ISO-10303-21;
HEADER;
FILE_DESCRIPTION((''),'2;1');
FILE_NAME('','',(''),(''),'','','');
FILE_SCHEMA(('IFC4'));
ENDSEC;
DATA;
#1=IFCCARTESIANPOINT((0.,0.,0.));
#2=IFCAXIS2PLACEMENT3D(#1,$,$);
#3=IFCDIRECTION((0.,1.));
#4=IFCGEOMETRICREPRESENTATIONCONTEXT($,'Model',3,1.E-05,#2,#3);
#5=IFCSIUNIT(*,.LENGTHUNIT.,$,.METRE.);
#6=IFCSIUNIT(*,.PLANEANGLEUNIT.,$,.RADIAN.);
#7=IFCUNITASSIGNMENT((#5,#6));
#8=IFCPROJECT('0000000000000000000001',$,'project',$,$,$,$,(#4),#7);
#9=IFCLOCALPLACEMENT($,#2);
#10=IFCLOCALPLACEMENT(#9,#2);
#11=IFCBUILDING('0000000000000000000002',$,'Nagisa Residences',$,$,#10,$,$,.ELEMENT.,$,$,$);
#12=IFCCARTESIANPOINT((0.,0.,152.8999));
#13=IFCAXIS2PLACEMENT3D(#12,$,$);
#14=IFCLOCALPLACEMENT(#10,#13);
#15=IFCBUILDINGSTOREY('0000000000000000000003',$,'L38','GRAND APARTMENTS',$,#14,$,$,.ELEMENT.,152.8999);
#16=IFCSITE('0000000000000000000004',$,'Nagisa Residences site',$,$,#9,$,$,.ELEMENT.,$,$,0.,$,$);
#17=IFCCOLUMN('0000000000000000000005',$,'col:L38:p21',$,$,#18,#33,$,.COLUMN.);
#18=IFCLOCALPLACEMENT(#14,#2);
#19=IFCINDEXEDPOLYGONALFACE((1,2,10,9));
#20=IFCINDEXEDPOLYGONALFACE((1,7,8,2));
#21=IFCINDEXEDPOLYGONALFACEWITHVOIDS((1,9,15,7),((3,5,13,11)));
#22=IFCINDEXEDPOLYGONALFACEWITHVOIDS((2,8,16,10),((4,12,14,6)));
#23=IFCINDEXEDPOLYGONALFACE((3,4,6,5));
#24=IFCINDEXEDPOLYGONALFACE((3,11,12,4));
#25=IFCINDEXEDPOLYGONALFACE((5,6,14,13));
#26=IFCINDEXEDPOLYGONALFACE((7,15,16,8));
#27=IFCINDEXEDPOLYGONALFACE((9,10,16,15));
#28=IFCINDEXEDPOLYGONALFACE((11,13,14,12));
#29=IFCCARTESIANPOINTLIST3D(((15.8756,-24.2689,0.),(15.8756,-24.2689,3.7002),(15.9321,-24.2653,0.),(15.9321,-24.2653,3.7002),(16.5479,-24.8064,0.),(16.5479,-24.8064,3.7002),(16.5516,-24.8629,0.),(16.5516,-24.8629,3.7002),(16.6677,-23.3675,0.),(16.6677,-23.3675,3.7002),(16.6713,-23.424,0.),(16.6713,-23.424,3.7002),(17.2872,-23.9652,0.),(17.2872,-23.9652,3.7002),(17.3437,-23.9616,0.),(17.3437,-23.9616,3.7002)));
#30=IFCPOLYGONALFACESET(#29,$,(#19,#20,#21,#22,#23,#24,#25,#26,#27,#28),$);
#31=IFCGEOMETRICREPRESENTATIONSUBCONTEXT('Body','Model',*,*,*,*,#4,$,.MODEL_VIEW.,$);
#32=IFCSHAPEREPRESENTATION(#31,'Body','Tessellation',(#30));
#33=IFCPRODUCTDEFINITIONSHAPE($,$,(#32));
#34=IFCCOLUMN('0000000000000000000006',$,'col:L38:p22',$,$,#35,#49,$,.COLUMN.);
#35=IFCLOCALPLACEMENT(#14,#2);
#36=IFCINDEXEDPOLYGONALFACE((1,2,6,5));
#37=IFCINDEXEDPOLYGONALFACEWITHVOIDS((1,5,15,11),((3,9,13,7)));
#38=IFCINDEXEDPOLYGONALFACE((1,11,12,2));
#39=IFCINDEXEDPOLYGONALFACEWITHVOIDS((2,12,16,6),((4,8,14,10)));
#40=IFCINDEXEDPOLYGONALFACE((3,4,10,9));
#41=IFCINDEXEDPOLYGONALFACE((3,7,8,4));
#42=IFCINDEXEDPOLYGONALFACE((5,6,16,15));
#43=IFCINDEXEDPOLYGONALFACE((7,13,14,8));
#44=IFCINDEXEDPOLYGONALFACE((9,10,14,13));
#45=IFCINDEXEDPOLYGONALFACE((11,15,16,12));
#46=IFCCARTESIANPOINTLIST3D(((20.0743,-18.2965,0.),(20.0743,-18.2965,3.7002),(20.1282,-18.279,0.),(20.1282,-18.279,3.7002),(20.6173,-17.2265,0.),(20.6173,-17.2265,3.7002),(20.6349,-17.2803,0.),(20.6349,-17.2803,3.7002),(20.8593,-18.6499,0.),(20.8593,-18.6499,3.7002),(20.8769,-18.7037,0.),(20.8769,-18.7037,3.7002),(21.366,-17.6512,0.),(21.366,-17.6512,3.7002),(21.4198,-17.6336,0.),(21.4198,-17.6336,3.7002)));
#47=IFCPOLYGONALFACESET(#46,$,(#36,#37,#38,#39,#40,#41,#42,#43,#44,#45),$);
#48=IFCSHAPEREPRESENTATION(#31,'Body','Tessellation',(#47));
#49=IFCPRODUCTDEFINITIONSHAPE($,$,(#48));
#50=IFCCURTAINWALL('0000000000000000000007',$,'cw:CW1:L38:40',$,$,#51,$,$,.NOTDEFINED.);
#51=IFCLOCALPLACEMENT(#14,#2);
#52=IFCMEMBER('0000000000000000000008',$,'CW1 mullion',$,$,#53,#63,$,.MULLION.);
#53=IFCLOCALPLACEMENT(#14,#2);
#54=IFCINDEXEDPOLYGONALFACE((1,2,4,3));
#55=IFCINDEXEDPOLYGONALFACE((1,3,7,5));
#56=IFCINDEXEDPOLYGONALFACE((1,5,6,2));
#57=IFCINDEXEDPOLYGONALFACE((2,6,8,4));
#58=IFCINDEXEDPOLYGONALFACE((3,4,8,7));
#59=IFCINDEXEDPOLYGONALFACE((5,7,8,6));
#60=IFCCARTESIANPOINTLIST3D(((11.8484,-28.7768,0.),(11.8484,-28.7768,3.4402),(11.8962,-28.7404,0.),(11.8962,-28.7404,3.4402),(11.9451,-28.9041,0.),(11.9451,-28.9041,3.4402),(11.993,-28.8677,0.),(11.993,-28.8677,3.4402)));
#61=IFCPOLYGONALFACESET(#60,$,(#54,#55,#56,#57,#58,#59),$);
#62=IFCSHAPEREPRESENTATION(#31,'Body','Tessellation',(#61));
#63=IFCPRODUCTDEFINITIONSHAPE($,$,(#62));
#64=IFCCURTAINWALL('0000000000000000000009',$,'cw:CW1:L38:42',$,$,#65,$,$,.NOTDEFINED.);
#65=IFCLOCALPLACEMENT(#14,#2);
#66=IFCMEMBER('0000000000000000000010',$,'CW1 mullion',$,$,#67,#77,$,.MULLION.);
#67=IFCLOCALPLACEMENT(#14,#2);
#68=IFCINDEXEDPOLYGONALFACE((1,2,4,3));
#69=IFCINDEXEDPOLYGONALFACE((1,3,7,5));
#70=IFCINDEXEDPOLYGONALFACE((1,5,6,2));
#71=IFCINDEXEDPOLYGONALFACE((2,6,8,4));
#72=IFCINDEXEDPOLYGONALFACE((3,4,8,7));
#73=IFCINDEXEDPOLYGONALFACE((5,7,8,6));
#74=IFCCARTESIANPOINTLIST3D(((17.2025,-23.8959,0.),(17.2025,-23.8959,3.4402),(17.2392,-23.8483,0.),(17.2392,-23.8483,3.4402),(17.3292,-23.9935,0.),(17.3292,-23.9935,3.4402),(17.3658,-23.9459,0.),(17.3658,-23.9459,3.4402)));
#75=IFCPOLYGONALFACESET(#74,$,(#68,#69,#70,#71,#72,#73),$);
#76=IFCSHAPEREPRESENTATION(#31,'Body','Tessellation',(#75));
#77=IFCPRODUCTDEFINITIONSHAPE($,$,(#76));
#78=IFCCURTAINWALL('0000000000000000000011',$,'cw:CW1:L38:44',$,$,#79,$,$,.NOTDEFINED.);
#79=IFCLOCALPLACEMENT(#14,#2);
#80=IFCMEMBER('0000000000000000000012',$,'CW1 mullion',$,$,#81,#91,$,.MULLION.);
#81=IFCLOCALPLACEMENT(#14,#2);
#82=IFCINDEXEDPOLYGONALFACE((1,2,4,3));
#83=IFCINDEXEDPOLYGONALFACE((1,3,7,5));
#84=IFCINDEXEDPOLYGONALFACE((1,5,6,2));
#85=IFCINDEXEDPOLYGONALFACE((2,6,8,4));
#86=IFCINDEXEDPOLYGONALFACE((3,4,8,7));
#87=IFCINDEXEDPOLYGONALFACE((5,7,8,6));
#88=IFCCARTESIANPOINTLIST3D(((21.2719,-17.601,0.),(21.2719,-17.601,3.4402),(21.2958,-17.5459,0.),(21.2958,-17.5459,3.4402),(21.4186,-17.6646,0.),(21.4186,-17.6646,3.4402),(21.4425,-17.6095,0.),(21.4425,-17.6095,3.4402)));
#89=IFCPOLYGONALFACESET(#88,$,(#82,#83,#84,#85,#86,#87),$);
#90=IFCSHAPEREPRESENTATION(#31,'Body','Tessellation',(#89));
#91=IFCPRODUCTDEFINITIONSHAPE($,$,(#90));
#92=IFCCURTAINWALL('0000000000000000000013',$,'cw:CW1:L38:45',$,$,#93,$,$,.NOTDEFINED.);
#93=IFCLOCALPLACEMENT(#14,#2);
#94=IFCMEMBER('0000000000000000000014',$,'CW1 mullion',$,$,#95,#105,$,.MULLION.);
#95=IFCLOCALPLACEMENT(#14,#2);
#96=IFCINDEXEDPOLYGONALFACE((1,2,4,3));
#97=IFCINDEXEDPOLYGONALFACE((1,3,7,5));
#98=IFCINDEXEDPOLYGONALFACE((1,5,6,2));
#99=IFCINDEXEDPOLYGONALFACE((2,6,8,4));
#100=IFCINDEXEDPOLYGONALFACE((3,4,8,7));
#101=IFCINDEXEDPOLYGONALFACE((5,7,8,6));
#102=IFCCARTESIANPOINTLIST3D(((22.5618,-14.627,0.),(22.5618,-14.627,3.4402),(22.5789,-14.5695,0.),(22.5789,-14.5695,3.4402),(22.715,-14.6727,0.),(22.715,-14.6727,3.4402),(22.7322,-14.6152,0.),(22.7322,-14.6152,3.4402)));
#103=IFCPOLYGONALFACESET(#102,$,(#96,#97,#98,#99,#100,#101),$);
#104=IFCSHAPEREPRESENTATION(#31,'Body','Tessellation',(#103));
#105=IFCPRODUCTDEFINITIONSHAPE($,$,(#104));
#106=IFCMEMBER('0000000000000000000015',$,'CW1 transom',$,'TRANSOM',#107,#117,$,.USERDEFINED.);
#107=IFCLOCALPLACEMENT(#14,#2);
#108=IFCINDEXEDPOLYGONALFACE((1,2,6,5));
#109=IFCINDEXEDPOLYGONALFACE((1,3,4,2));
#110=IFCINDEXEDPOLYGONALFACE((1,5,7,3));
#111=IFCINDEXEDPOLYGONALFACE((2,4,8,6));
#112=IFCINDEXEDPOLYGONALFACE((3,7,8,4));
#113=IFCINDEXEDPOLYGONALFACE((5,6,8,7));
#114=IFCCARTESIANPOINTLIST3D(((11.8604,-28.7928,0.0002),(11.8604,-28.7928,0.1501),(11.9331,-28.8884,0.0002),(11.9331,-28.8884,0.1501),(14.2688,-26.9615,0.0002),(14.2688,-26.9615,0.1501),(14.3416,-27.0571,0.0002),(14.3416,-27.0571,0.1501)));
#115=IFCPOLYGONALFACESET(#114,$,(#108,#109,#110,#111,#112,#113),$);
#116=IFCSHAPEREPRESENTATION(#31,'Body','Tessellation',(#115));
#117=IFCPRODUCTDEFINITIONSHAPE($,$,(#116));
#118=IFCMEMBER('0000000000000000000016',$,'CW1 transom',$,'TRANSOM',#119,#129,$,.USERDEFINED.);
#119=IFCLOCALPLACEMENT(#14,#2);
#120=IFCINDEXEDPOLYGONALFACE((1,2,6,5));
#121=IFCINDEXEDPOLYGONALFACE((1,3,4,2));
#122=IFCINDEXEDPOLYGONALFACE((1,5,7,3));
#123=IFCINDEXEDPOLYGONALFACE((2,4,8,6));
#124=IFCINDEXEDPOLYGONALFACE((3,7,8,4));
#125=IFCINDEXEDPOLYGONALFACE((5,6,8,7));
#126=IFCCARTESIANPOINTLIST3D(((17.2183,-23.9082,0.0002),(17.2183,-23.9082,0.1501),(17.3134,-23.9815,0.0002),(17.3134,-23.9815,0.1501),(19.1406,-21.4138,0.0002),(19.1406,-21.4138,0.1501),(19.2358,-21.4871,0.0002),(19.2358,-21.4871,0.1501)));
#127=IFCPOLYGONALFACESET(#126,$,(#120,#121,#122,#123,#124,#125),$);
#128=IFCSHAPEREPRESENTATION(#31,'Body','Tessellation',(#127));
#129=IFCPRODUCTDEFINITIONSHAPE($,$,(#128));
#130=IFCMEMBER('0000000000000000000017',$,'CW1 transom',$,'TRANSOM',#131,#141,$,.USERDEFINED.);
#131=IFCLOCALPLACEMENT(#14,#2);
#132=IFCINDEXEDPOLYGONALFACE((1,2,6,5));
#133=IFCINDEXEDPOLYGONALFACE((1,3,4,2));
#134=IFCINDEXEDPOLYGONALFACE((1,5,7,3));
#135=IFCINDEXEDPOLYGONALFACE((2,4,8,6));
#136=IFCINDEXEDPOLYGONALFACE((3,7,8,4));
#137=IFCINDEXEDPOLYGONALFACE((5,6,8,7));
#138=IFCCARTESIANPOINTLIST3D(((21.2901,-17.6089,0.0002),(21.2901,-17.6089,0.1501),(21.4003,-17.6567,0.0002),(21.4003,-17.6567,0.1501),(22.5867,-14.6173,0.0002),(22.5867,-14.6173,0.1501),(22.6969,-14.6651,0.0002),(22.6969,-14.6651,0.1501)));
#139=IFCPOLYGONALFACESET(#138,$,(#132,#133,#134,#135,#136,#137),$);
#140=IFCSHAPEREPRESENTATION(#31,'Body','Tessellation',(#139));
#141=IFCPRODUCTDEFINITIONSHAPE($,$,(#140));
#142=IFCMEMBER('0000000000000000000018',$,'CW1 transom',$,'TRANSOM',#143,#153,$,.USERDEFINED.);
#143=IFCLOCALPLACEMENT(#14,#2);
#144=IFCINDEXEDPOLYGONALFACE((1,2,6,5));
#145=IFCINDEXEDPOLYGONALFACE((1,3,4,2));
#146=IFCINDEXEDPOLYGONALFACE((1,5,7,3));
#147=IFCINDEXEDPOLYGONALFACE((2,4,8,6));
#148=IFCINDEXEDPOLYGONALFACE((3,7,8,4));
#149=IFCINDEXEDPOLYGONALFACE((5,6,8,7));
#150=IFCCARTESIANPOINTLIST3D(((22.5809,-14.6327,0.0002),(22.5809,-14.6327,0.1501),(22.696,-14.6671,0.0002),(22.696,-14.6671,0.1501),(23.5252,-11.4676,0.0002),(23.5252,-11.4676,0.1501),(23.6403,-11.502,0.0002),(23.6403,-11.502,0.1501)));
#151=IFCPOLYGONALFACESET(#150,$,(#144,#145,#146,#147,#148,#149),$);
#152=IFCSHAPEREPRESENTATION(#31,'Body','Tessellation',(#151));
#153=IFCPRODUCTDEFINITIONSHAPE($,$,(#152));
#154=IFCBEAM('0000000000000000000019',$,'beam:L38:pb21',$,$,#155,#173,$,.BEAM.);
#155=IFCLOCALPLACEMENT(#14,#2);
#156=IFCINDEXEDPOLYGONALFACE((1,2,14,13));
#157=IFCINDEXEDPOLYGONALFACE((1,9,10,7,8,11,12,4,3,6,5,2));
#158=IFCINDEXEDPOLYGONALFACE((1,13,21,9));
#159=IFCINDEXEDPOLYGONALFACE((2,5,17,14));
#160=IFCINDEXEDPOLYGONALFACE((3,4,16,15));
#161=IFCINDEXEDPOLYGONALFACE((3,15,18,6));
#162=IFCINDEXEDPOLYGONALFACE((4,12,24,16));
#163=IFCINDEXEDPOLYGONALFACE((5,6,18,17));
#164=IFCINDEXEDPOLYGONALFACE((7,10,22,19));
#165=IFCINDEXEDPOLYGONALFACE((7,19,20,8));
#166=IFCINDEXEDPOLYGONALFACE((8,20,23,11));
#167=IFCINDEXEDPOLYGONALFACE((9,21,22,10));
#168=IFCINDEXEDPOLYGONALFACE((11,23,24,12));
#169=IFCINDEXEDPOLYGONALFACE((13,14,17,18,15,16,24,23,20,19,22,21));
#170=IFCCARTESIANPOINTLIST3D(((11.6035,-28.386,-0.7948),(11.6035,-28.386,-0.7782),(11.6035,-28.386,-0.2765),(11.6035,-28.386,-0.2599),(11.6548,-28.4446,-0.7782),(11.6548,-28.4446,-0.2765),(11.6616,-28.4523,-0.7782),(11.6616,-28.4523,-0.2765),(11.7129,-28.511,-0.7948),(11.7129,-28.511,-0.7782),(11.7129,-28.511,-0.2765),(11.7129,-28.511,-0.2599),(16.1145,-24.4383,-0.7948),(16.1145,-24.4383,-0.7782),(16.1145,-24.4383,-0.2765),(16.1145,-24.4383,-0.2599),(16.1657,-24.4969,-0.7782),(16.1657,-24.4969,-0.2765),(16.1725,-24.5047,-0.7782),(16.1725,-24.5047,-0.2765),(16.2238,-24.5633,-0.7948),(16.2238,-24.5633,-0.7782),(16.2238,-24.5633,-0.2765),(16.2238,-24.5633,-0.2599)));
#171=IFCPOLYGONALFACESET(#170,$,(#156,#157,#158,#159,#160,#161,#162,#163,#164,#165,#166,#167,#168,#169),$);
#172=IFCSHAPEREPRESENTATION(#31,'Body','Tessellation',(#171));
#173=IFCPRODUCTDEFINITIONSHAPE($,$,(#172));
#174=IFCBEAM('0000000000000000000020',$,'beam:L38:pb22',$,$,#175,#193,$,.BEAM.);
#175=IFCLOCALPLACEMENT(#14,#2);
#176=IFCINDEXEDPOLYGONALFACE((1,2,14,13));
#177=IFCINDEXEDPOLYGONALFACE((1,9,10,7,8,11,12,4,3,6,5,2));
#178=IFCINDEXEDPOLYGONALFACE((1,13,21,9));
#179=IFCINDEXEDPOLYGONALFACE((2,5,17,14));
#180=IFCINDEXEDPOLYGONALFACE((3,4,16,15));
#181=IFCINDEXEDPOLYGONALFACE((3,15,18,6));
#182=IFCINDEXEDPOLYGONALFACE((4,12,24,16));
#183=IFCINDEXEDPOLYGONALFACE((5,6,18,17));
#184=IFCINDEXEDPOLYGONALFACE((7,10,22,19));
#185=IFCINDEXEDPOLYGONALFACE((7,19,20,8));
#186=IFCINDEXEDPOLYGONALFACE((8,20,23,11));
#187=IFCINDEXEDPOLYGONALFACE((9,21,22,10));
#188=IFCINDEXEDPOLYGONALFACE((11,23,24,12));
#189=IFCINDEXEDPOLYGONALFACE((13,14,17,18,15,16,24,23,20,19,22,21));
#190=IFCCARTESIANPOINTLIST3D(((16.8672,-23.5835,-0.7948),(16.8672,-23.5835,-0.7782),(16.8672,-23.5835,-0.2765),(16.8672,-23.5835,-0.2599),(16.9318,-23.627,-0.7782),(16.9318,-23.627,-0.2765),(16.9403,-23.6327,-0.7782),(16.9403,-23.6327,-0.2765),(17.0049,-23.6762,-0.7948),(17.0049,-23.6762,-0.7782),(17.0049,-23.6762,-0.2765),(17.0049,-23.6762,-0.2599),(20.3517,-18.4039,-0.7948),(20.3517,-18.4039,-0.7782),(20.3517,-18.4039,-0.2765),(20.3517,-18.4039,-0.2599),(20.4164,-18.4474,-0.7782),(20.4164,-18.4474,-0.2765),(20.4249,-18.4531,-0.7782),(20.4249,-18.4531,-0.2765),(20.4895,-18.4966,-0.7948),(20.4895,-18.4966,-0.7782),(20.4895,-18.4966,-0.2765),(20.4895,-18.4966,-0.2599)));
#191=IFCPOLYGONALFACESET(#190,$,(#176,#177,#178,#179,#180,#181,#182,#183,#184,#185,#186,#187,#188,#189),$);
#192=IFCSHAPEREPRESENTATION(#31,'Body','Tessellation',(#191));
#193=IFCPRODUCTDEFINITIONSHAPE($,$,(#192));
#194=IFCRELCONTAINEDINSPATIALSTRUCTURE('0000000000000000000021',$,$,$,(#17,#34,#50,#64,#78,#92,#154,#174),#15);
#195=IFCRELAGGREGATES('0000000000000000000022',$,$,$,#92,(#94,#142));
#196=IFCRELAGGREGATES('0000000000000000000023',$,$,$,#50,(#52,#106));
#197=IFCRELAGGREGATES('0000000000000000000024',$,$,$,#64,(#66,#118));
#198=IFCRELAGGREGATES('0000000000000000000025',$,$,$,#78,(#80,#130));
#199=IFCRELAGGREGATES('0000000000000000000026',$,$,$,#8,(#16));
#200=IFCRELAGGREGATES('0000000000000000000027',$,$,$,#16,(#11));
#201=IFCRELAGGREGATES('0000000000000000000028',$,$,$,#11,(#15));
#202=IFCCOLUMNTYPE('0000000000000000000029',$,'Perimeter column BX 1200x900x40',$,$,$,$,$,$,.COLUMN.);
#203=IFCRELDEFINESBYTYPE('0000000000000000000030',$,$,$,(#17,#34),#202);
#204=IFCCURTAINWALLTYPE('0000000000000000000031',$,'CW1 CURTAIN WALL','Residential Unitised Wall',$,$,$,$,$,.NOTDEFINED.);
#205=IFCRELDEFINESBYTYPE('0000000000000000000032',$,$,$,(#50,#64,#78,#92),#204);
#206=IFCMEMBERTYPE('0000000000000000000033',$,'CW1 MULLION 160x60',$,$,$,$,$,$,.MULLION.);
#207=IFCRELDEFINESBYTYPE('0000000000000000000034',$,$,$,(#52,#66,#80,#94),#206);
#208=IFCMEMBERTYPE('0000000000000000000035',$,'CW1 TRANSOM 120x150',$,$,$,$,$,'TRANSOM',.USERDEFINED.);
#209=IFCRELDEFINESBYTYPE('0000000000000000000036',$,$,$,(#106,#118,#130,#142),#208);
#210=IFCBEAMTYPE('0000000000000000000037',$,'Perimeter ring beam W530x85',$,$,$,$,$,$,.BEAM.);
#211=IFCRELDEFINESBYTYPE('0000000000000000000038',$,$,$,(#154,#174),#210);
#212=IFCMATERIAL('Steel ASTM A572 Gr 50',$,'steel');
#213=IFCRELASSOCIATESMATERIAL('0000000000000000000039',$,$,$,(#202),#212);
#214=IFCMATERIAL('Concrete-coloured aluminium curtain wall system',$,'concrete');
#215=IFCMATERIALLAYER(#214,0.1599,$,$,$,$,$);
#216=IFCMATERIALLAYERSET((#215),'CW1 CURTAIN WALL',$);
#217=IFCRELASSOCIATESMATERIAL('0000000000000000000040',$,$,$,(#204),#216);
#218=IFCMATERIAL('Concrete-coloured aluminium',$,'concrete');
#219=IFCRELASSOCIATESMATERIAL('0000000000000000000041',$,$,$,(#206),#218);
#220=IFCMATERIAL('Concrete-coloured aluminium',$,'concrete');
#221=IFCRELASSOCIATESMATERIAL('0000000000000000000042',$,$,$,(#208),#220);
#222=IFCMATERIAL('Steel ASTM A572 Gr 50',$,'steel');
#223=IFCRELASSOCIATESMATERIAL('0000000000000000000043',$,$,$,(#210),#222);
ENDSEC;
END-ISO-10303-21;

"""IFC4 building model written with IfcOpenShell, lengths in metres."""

from ifc_helpers import new_model, si_unit, direction, frame, origin, origin_2d, place, context, subcontext, project, spatial, rectangle, hollow_rectangle, i_section, extrude, material, layer, layer_set, material_profile, profile_set, type_object, element, aggregate, save


model = new_model("IFC4")

# Units and contexts
model_context = context("Model", 3, precision=1e-05, world=origin(), true_north=direction((0.0, 1.0)))
body_context = subcontext(model_context, "Body", "Model", "MODEL_VIEW")
ifc_project = project(units=[si_unit("LENGTHUNIT", "METRE"), si_unit("PLANEANGLEUNIT", "RADIAN")], contexts=[model_context])

# Site, building, storey
site_placement = place(None, origin())
site = spatial("IfcSite", under=ifc_project, at=site_placement, Name="Nagisa Residences site", CompositionType="ELEMENT", RefElevation=0.0)
building_placement = place(site_placement, origin())
building = spatial("IfcBuilding", under=site, at=building_placement, Name="Nagisa Residences", CompositionType="ELEMENT")
storey_placement = place(building_placement, frame((0.0, 0.0, 152.8999)))
storey = spatial("IfcBuildingStorey", under=building, at=storey_placement, Name="L38", Description="GRAND APARTMENTS", CompositionType="ELEMENT", Elevation=152.8999)

# Columns
ifc_material_1 = material(Name="Steel ASTM A572 Gr 50", Category="steel")
ifc_material_profile_1 = material_profile(ifc_material_1, hollow_rectangle(XDim=1.2, YDim=0.8999, WallThickness=0.04, at=origin_2d()), Name="BX 1200x900x40")
ifc_profile_set_1 = profile_set([ifc_material_profile_1], Name="Steel ASTM A572 Gr 50")
column_type = type_object("IfcColumnType", Name="Perimeter column BX 1200x900x40", PredefinedType="COLUMN", material=ifc_profile_set_1)
for number, where, z_axis, x_axis, name in (
    (1, (16.6096, -24.1152, 0.0), (0.0, 0.0, 1.0), (0.660115, 0.751165, 0.0), "col:L38:p21"),
    (2, (20.7471, -17.9651, 0.0), (0.0, 0.0, 1.0), (0.452463, 0.891783, 0.0), "col:L38:p22"),
):
    element("IfcColumn", number, at=place(storey_placement, frame(where, z_axis=z_axis, x_axis=x_axis)), inside=storey, type_object=column_type, Name=name, PredefinedType="COLUMN", context=body_context, shape_type="SweptSolid", body=[
        extrude(hollow_rectangle(XDim=1.2, YDim=0.8999, WallThickness=0.04, at=origin_2d()), origin(), (0.0, 0.0, 1.0), 3.7002),
    ])

# Curtain walls, members
ifc_material_2 = material(Name="Concrete-coloured aluminium curtain wall system", Category="concrete")
ifc_layer_1 = layer(ifc_material_2, 0.1599)
ifc_layer_set_1 = layer_set([ifc_layer_1], Name="CW1 CURTAIN WALL")
curtain_wall_type = type_object("IfcCurtainWallType", Name="CW1 CURTAIN WALL", Description="Residential Unitised Wall", PredefinedType="NOTDEFINED", material=ifc_layer_set_1)
curtain_wall_1_placement = place(storey_placement, origin())
curtain_wall_1 = element("IfcCurtainWall", 3, at=curtain_wall_1_placement, inside=storey, type_object=curtain_wall_type, Name="cw:CW1:L38:40", PredefinedType="NOTDEFINED")
ifc_material_3 = material(Name="Concrete-coloured aluminium", Category="concrete")
ifc_material_profile_2 = material_profile(ifc_material_3, rectangle(XDim=0.1599, YDim=0.0601, at=origin_2d()), Name="CW1 MULLION 160x60")
ifc_profile_set_2 = profile_set([ifc_material_profile_2], Name="Concrete-coloured aluminium")
member_type_1 = type_object("IfcMemberType", Name="CW1 MULLION 160x60", PredefinedType="MULLION", material=ifc_profile_set_2)
member_1_placement = place(storey_placement, frame((11.9207, -28.8223, 0.0), z_axis=(0.0, 0.0, 1.0), x_axis=(-0.605255, 0.796031, 0.0)))
member_1 = element("IfcMember", 4, at=member_1_placement, type_object=member_type_1, Name="CW1 mullion", PredefinedType="MULLION", context=body_context, shape_type="SweptSolid", body=[
    extrude(rectangle(XDim=0.1599, YDim=0.0601, at=origin_2d()), origin(), (0.0, 0.0, 1.0), 3.4402),
])
curtain_wall_2_placement = place(storey_placement, origin())
curtain_wall_2 = element("IfcCurtainWall", 5, at=curtain_wall_2_placement, inside=storey, type_object=curtain_wall_type, Name="cw:CW1:L38:42", PredefinedType="NOTDEFINED")
member_2_placement = place(storey_placement, frame((17.2842, -23.9209, 0.0), z_axis=(0.0, 0.0, 1.0), x_axis=(-0.79207, 0.61043, 0.0)))
member_2 = element("IfcMember", 6, at=member_2_placement, type_object=member_type_1, Name="CW1 mullion", PredefinedType="MULLION", context=body_context, shape_type="SweptSolid", body=[
    extrude(rectangle(XDim=0.1599, YDim=0.0601, at=origin_2d()), origin(), (0.0, 0.0, 1.0), 3.4402),
])
curtain_wall_3_placement = place(storey_placement, origin())
curtain_wall_3 = element("IfcCurtainWall", 7, at=curtain_wall_3_placement, inside=storey, type_object=curtain_wall_type, Name="cw:CW1:L38:44", PredefinedType="NOTDEFINED")
member_3_placement = place(storey_placement, frame((21.3572, -17.6052, 0.0), z_axis=(0.0, 0.0, 1.0), x_axis=(-0.917543, 0.397636, 0.0)))
member_3 = element("IfcMember", 8, at=member_3_placement, type_object=member_type_1, Name="CW1 mullion", PredefinedType="MULLION", context=body_context, shape_type="SweptSolid", body=[
    extrude(rectangle(XDim=0.1599, YDim=0.0601, at=origin_2d()), origin(), (0.0, 0.0, 1.0), 3.4402),
])
curtain_wall_4_placement = place(storey_placement, origin())
curtain_wall_4 = element("IfcCurtainWall", 9, at=curtain_wall_4_placement, inside=storey, type_object=curtain_wall_type, Name="cw:CW1:L38:45", PredefinedType="NOTDEFINED")
member_4_placement = place(storey_placement, frame((22.647, -14.6211, 0.0), z_axis=(0.0, 0.0, 1.0), x_axis=(-0.958271, 0.28586, 0.0)))
member_4 = element("IfcMember", 10, at=member_4_placement, type_object=member_type_1, Name="CW1 mullion", PredefinedType="MULLION", context=body_context, shape_type="SweptSolid", body=[
    extrude(rectangle(XDim=0.1599, YDim=0.0601, at=origin_2d()), origin(), (0.0, 0.0, 1.0), 3.4402),
])

# Members
ifc_material_4 = material(Name="Concrete-coloured aluminium", Category="concrete")
ifc_material_profile_3 = material_profile(ifc_material_4, rectangle(XDim=0.1201, YDim=0.1499, at=origin_2d()), Name="CW1 TRANSOM 120x150")
ifc_profile_set_3 = profile_set([ifc_material_profile_3], Name="Concrete-coloured aluminium")
member_type_2 = type_object("IfcMemberType", Name="CW1 TRANSOM 120x150", ElementType="TRANSOM", PredefinedType="USERDEFINED", material=ifc_profile_set_3)
member_5_placement = place(storey_placement, frame((11.8967, -28.8406, 0.0752), z_axis=(0.796022, 0.605267, 0.0), x_axis=(-0.605267, 0.796022, 0.0)))
member_5 = element("IfcMember", 11, at=member_5_placement, type_object=member_type_2, Name="CW1 transom", ObjectType="TRANSOM", PredefinedType="USERDEFINED", context=body_context, shape_type="SweptSolid", body=[
    extrude(rectangle(XDim=0.1201, YDim=0.1499, at=origin_2d()), origin(), (0.0, 0.0, 1.0), 3.0256),
])
member_6_placement = place(storey_placement, frame((17.2659, -23.9448, 0.0752), z_axis=(0.61043, 0.79207, 0.0), x_axis=(-0.79207, 0.61043, 0.0)))
member_6 = element("IfcMember", 12, at=member_6_placement, type_object=member_type_2, Name="CW1 transom", ObjectType="TRANSOM", PredefinedType="USERDEFINED", context=body_context, shape_type="SweptSolid", body=[
    extrude(rectangle(XDim=0.1201, YDim=0.1499, at=origin_2d()), origin(), (0.0, 0.0, 1.0), 3.1492),
])
member_7_placement = place(storey_placement, frame((21.3452, -17.6328, 0.0752), z_axis=(0.397666, 0.91753, 0.0), x_axis=(-0.91753, 0.397666, 0.0)))
member_7 = element("IfcMember", 13, at=member_7_placement, type_object=member_type_2, Name="CW1 transom", ObjectType="TRANSOM", PredefinedType="USERDEFINED", context=body_context, shape_type="SweptSolid", body=[
    extrude(rectangle(XDim=0.1201, YDim=0.1499, at=origin_2d()), origin(), (0.0, 0.0, 1.0), 3.2605),
])
member_8_placement = place(storey_placement, frame((22.6384, -14.6499, 0.0752), z_axis=(0.28591, 0.958257, 0.0), x_axis=(-0.958257, 0.28591, 0.0)))
member_8 = element("IfcMember", 14, at=member_8_placement, type_object=member_type_2, Name="CW1 transom", ObjectType="TRANSOM", PredefinedType="USERDEFINED", context=body_context, shape_type="SweptSolid", body=[
    extrude(rectangle(XDim=0.1201, YDim=0.1499, at=origin_2d()), origin(), (0.0, 0.0, 1.0), 3.303),
])
aggregate(curtain_wall_4, [member_4, member_8])

# Beams
ifc_material_5 = material(Name="Steel ASTM A572 Gr 50", Category="steel")
ifc_material_profile_4 = material_profile(ifc_material_5, i_section(OverallWidth=0.166, OverallDepth=0.5349, WebThickness=0.0103, FlangeThickness=0.0166, at=origin_2d()), Name="W530x85")
ifc_profile_set_4 = profile_set([ifc_material_profile_4], Name="Steel ASTM A572 Gr 50")
beam_type_1 = type_object("IfcBeamType", Name="Perimeter ring beam W530x85", PredefinedType="BEAM", material=ifc_profile_set_4)
beam_1_placement = place(storey_placement, frame((11.6582, -28.4485, -0.5273), z_axis=(0.752524, 0.658565, 0.0), x_axis=(-0.658565, 0.752524, 0.0)))
element("IfcBeam", 15, at=beam_1_placement, inside=storey, type_object=beam_type_1, Name="beam:L38:pb21", PredefinedType="BEAM", context=body_context, shape_type="SweptSolid", body=[
    extrude(i_section(OverallWidth=0.166, OverallDepth=0.5349, WebThickness=0.0103, FlangeThickness=0.0166, at=origin_2d()), origin(), (0.0, 0.0, 1.0), 5.9944),
])
beam_2_placement = place(storey_placement, frame((16.936, -23.6299, -0.5273), z_axis=(0.558188, 0.829715, 0.0), x_axis=(-0.829715, 0.558188, 0.0)))
element("IfcBeam", 16, at=beam_2_placement, inside=storey, type_object=beam_type_1, Name="beam:L38:pb22", PredefinedType="BEAM", context=body_context, shape_type="SweptSolid", body=[
    extrude(i_section(OverallWidth=0.166, OverallDepth=0.5349, WebThickness=0.0103, FlangeThickness=0.0166, at=origin_2d()), origin(), (0.0, 0.0, 1.0), 6.2427),
])

aggregate(curtain_wall_1, [member_1, member_5])
aggregate(curtain_wall_2, [member_2, member_6])
aggregate(curtain_wall_3, [member_3, member_7])

save(model, "model.ifc")
